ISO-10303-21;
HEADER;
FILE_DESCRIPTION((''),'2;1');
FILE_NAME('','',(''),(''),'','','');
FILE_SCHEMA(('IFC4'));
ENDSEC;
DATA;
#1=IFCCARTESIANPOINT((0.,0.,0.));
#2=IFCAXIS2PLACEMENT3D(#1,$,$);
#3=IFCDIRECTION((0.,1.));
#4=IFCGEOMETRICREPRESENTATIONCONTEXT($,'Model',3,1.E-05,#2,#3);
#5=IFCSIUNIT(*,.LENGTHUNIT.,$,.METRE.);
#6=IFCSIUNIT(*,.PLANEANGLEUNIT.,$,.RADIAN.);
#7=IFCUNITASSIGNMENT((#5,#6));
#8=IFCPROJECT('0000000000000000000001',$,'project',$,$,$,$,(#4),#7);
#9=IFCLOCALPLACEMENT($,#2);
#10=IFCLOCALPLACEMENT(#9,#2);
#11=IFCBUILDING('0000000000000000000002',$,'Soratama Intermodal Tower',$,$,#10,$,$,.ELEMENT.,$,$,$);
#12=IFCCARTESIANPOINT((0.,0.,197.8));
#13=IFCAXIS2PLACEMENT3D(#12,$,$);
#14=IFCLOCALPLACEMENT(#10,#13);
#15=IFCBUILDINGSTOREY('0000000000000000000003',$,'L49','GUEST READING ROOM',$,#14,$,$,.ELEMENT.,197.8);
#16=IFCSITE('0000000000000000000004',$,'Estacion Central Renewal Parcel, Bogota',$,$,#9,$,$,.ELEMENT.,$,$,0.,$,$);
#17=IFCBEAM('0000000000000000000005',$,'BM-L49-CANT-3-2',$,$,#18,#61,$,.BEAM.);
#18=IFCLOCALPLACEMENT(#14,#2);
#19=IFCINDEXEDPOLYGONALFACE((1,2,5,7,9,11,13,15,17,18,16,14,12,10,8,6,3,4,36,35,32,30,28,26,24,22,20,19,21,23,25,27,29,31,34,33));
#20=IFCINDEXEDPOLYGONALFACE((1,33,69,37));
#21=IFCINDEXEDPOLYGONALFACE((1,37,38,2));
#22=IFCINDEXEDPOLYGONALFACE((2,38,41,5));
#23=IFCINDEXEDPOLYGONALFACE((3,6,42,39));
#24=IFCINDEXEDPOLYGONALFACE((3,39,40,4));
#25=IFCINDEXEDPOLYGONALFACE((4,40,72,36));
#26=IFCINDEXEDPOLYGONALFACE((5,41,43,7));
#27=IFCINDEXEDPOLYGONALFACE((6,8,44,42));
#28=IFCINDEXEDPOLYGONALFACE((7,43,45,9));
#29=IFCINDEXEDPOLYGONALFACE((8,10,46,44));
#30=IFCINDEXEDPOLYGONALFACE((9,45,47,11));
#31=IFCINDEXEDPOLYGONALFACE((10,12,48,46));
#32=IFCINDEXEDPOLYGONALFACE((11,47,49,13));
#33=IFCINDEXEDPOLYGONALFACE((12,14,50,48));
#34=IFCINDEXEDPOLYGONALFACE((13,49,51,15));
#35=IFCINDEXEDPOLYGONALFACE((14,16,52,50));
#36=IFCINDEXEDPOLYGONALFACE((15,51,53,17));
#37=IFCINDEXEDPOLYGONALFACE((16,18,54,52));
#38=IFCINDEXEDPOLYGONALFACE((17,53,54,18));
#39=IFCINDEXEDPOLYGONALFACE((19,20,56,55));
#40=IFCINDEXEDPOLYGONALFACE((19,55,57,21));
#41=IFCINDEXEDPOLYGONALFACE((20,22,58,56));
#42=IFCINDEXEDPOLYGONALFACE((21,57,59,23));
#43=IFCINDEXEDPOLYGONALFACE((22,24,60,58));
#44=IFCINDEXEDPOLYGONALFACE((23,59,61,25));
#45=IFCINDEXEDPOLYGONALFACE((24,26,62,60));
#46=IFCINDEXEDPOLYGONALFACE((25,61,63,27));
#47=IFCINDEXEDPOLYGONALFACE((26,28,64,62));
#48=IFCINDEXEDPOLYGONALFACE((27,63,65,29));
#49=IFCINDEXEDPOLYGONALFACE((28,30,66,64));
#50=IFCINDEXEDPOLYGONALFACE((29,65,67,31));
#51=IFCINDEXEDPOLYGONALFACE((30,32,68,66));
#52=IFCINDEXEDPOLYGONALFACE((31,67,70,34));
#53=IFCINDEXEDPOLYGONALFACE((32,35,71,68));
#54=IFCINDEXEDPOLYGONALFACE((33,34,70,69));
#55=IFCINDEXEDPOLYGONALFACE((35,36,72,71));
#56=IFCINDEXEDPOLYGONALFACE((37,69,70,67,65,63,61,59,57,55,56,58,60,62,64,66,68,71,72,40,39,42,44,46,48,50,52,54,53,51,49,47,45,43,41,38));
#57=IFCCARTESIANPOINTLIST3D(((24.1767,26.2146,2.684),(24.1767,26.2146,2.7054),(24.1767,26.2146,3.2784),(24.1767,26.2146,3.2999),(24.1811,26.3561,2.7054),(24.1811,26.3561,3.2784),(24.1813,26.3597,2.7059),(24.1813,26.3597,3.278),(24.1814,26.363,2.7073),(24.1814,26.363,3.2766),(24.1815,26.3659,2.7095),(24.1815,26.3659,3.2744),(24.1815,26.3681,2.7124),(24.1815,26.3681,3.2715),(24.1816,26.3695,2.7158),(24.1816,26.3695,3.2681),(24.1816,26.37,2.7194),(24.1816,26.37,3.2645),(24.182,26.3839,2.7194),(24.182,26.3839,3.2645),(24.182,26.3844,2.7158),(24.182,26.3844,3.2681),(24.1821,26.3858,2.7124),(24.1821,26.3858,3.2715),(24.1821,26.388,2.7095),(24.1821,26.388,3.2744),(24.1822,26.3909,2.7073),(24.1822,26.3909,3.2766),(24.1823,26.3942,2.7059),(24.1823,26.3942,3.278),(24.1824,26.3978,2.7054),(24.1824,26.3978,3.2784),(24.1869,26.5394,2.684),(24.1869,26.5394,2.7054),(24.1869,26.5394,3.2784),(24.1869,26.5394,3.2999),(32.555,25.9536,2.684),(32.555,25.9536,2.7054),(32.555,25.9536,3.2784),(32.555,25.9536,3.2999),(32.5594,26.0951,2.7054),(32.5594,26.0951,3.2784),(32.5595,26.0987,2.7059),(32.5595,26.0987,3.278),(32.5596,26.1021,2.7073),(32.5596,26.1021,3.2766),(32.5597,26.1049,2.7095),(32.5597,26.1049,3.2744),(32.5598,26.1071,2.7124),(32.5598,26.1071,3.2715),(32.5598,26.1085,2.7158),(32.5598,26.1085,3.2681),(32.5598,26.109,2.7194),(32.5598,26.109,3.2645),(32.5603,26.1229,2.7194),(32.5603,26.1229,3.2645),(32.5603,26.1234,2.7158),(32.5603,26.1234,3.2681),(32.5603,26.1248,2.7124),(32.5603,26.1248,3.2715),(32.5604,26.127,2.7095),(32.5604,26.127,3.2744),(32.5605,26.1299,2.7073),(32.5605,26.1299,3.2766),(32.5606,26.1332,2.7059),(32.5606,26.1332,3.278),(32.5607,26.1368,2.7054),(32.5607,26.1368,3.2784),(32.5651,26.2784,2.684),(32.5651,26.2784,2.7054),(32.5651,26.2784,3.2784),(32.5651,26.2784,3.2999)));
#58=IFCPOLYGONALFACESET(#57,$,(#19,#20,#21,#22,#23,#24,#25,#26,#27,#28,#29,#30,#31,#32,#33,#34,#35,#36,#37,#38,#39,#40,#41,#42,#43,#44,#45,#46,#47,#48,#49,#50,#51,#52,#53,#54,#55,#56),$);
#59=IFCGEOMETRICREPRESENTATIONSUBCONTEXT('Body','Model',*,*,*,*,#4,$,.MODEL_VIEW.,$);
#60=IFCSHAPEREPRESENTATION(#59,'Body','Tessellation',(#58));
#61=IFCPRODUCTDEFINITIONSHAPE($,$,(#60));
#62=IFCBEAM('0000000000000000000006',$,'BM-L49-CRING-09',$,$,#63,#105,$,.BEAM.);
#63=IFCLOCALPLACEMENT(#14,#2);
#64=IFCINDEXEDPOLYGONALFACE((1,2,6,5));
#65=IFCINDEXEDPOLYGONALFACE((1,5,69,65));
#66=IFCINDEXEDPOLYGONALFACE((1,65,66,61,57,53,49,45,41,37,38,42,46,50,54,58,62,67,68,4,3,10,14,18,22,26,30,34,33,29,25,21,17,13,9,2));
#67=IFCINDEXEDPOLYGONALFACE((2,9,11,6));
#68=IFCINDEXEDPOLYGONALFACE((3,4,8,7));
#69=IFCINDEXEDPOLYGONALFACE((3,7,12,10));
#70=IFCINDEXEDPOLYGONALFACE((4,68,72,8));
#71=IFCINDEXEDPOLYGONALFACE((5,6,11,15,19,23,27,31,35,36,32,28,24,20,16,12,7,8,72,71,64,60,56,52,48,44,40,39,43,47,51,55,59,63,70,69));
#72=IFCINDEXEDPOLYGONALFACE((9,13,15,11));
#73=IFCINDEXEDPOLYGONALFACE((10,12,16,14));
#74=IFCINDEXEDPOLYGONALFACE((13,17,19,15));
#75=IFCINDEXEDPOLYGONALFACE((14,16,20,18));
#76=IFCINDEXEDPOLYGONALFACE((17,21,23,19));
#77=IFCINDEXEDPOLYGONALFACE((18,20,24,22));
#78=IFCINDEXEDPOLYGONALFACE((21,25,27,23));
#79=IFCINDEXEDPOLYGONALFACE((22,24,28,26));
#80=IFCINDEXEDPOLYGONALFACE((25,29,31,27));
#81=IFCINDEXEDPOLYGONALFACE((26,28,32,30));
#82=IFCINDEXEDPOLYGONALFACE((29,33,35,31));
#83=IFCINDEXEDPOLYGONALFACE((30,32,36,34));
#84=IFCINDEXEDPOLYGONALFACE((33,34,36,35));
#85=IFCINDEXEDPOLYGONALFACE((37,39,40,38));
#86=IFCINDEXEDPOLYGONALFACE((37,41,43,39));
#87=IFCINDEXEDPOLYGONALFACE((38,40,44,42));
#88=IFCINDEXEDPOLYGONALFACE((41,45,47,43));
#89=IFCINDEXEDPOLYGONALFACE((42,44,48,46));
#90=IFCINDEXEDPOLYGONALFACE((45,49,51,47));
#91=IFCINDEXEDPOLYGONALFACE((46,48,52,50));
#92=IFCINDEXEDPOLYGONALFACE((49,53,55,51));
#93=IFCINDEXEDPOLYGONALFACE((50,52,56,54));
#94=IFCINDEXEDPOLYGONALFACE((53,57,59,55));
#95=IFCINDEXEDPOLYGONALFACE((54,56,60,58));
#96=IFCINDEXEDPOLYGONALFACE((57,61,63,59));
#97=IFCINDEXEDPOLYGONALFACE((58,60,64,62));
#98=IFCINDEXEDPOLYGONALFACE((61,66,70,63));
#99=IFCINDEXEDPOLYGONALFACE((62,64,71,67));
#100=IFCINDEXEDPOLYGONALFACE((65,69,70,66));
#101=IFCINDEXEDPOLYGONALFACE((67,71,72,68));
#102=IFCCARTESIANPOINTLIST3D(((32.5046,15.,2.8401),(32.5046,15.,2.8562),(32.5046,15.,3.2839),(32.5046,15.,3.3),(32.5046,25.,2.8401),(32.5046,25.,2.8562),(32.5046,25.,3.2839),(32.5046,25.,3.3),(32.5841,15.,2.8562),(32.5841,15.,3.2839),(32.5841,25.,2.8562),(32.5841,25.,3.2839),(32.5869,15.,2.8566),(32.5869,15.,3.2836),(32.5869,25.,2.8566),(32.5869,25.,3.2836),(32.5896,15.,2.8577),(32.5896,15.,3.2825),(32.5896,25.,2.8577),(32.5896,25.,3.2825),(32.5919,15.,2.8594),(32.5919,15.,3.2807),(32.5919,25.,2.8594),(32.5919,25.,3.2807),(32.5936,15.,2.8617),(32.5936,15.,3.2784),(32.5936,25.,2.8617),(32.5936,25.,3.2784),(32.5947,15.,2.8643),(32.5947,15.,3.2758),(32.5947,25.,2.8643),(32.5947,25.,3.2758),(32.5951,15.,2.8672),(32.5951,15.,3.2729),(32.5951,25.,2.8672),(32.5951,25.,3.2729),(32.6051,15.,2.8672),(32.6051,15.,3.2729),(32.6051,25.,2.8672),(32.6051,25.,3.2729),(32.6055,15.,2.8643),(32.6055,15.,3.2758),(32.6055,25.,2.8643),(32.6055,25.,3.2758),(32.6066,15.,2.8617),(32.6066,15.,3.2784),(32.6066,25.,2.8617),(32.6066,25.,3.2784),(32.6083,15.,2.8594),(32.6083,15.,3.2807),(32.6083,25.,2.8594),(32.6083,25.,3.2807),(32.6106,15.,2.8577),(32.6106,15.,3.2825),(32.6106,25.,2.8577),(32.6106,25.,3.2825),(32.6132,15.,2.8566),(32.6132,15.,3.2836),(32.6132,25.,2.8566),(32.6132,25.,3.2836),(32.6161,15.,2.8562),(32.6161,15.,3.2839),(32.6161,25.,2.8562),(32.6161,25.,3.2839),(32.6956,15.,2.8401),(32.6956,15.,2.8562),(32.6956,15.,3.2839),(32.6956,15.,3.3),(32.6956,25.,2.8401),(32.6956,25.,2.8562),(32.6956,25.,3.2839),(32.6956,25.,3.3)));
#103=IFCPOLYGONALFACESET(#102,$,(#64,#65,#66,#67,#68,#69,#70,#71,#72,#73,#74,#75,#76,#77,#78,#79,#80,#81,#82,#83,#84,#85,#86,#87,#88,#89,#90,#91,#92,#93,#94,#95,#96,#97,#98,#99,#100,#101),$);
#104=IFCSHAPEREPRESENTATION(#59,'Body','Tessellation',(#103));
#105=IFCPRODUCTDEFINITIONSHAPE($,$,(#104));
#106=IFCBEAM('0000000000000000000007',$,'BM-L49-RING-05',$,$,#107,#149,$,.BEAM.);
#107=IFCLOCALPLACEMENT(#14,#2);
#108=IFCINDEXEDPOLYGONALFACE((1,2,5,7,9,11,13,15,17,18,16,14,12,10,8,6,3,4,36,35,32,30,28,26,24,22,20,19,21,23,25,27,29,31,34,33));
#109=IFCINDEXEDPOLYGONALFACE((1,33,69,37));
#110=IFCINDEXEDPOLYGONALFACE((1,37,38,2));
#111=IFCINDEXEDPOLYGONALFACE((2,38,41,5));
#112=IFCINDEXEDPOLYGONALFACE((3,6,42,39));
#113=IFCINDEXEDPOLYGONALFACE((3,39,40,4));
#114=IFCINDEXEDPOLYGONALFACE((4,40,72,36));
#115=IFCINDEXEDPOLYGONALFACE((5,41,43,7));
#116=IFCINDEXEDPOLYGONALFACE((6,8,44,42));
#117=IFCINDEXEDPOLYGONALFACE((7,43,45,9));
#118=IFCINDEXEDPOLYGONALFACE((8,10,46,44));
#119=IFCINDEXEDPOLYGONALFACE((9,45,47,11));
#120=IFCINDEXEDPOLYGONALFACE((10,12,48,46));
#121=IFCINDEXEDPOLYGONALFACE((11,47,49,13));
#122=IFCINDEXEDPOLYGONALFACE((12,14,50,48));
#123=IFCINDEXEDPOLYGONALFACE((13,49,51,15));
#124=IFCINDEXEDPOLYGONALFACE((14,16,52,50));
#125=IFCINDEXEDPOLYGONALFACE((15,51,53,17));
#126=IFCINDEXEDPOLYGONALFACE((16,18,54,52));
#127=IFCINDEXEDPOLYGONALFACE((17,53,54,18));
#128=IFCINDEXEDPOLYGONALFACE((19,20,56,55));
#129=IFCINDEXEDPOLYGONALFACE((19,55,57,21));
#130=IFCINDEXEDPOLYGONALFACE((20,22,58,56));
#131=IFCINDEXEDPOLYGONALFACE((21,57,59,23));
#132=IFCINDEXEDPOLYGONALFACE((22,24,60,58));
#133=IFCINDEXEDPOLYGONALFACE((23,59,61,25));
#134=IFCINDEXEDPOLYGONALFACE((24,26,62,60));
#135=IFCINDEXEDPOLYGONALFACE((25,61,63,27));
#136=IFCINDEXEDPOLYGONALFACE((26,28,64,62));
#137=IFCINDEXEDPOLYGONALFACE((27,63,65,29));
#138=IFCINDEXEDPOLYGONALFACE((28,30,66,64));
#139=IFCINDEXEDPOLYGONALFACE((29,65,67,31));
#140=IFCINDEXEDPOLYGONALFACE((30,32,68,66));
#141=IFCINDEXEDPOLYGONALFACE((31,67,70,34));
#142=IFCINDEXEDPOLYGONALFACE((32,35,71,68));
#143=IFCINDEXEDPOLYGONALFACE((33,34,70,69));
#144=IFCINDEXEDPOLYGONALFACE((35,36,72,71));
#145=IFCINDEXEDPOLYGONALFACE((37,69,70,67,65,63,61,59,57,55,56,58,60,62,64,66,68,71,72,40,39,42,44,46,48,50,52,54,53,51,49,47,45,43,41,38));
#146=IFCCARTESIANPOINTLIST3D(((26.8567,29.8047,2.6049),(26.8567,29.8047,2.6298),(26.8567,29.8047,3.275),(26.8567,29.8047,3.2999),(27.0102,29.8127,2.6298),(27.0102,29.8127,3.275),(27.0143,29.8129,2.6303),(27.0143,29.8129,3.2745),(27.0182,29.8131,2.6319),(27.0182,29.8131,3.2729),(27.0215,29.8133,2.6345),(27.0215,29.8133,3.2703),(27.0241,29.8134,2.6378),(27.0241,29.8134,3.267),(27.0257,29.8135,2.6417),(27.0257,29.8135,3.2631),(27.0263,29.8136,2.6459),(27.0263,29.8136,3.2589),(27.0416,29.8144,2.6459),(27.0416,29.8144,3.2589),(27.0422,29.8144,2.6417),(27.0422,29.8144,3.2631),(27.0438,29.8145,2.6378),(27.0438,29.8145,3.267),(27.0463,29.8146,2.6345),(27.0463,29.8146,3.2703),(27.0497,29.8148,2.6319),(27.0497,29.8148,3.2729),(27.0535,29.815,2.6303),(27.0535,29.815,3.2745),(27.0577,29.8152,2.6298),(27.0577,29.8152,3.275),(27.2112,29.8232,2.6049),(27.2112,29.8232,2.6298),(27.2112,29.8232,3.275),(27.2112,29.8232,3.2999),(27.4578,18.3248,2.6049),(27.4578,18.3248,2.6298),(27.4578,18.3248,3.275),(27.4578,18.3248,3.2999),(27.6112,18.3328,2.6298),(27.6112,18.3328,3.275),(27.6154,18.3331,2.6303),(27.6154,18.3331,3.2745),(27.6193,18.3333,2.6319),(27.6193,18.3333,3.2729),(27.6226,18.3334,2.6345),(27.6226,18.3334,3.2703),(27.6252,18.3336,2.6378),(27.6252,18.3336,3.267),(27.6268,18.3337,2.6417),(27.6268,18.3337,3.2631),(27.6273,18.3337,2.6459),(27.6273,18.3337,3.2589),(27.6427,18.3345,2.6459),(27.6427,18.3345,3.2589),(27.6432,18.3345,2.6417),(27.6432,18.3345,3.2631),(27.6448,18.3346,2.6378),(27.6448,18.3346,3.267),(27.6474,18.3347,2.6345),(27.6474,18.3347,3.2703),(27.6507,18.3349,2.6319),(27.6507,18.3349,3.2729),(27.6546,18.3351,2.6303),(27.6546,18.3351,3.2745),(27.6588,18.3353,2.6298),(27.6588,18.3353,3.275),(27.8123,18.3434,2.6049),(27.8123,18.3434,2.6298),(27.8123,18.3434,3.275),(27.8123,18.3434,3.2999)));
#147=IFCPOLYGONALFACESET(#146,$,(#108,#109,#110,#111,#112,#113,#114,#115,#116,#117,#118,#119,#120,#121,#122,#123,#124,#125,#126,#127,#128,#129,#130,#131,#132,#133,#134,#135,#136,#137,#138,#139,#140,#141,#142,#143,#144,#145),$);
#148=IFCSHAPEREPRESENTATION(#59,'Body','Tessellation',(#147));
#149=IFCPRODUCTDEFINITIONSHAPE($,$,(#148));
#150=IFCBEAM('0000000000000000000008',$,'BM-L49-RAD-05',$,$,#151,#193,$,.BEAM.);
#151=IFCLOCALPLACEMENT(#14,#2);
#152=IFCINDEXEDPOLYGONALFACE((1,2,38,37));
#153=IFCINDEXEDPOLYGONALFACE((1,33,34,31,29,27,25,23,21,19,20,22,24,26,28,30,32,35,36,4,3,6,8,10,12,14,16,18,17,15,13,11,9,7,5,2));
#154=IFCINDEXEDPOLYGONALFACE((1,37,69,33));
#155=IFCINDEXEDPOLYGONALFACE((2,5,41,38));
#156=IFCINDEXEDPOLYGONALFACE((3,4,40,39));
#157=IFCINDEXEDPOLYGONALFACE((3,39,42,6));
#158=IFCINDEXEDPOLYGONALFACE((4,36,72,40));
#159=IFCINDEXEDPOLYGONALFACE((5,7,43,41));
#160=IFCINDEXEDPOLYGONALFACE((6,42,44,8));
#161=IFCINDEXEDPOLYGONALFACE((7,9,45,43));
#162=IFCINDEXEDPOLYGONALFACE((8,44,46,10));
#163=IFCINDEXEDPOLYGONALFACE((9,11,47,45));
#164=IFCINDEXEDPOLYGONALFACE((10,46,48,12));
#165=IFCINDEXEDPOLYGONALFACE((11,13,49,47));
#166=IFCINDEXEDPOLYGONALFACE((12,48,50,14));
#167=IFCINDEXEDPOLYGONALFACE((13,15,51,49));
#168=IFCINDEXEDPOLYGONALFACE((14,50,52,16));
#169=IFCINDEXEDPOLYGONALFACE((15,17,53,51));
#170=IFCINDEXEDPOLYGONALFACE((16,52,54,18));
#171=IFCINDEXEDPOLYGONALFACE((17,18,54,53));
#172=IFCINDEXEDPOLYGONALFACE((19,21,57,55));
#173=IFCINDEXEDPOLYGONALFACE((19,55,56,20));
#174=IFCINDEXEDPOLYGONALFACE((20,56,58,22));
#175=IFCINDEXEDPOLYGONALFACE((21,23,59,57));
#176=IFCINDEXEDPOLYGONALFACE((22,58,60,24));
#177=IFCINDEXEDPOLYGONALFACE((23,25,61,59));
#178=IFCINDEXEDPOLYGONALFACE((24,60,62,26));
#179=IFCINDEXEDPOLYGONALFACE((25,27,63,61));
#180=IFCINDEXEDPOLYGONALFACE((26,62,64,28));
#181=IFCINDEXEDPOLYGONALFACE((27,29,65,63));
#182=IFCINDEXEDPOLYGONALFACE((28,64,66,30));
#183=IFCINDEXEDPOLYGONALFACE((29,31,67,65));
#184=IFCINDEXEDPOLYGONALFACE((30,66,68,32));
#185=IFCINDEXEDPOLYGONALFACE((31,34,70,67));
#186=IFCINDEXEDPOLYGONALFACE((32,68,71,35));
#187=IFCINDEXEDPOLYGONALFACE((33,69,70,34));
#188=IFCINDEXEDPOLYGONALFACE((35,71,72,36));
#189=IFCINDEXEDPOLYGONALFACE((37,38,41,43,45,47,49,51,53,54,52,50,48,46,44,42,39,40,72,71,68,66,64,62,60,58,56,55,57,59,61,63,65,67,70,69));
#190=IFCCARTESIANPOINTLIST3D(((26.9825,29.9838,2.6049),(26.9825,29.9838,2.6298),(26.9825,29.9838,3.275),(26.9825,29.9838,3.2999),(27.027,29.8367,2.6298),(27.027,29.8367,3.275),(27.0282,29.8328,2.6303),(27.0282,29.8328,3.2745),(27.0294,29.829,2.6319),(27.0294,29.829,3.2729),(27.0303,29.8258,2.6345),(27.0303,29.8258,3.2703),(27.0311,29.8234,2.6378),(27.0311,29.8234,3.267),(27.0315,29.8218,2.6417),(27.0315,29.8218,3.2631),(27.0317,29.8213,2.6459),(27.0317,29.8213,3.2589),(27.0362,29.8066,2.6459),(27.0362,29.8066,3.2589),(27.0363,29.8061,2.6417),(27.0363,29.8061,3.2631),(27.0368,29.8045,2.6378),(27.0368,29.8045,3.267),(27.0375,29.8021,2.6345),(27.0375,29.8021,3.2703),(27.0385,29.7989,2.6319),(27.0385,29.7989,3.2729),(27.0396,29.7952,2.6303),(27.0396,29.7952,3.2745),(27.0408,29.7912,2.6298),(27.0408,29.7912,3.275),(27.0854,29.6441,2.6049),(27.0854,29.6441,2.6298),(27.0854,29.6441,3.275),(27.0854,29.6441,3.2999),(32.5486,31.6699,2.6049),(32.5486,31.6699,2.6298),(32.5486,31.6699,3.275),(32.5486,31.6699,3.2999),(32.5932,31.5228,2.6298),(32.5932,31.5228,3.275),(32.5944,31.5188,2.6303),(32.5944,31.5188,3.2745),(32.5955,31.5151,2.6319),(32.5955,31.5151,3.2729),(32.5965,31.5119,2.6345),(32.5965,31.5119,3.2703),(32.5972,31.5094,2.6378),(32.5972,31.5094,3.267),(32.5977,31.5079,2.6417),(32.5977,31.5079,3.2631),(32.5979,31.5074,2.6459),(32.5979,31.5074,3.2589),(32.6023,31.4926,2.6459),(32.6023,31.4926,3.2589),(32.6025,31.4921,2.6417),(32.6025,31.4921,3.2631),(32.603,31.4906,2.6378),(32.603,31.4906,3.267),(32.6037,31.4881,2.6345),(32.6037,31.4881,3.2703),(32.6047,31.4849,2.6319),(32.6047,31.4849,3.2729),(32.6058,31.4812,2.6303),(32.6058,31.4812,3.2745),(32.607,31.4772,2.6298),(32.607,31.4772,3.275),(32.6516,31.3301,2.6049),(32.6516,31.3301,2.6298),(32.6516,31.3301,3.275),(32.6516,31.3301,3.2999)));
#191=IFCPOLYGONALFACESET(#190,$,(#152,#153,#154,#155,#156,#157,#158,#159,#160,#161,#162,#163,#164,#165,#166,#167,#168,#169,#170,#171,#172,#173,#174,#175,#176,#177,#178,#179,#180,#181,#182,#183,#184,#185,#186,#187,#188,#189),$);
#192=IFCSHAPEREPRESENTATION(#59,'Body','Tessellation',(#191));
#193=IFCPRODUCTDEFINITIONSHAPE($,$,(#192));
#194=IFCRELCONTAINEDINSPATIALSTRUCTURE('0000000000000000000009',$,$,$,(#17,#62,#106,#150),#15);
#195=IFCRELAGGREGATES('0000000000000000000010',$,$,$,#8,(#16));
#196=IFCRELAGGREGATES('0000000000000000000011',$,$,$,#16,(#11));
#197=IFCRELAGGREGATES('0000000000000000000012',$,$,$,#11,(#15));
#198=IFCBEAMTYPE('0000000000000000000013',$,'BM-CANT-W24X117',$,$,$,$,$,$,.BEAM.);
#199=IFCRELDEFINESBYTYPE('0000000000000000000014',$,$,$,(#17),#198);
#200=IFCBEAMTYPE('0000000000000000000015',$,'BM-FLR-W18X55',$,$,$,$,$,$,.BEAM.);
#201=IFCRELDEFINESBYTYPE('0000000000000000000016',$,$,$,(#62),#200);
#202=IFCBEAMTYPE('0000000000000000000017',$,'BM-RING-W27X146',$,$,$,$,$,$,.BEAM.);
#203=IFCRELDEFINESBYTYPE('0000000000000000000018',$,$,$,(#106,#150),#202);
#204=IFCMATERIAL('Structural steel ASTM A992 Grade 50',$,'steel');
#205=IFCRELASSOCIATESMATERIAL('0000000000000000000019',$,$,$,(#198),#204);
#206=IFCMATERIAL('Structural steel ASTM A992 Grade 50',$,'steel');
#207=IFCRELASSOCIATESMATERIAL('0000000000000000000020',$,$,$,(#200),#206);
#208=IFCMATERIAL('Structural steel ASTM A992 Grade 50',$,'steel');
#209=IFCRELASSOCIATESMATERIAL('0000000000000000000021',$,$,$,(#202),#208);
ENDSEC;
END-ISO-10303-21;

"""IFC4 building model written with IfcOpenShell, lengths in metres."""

from ifc_helpers import new_model, si_unit, direction, frame, origin, origin_2d, place, context, subcontext, project, spatial, i_section, extrude, material, material_profile, profile_set, type_object, element, save


model = new_model("IFC4")

# Units and contexts
model_context = context("Model", 3, precision=1e-05, world=origin(), true_north=direction((0.0, 1.0)))
body_context = subcontext(model_context, "Body", "Model", "MODEL_VIEW")
ifc_project = project(units=[si_unit("LENGTHUNIT", "METRE"), si_unit("PLANEANGLEUNIT", "RADIAN")], contexts=[model_context])

# Site, building, storey
site_placement = place(None, origin())
site = spatial("IfcSite", under=ifc_project, at=site_placement, Name="Estacion Central Renewal Parcel, Bogota", CompositionType="ELEMENT", RefElevation=0.0)
building_placement = place(site_placement, origin())
building = spatial("IfcBuilding", under=site, at=building_placement, Name="Soratama Intermodal Tower", CompositionType="ELEMENT")
storey_placement = place(building_placement, frame((0.0, 0.0, 197.8)))
storey = spatial("IfcBuildingStorey", under=building, at=storey_placement, Name="L49", Description="GUEST READING ROOM", CompositionType="ELEMENT", Elevation=197.8)

# Beams
ifc_material_1 = material(Name="Structural steel ASTM A992 Grade 50", Category="steel")
ifc_material_profile_1 = material_profile(ifc_material_1, i_section(OverallWidth=0.325, OverallDepth=0.616, WebThickness=0.0139, FlangeThickness=0.0215, FilletRadius=0.0139, at=origin_2d()), Name="W24X117")
ifc_profile_set_1 = profile_set([ifc_material_profile_1], Name="Structural steel ASTM A992 Grade 50")
beam_type_1 = type_object("IfcBeamType", Name="BM-CANT-W24X117", PredefinedType="BEAM", material=ifc_profile_set_1)
beam_1_placement = place(storey_placement, frame((32.5601, 26.116, 2.9919), z_axis=(-0.999515, 0.031136, 0.0), x_axis=(-0.031136, -0.999515, 0.0)))
element("IfcBeam", 1, at=beam_1_placement, inside=storey, type_object=beam_type_1, Name="BM-L49-CANT-3-2", PredefinedType="BEAM", context=body_context, shape_type="SweptSolid", body=[
    extrude(i_section(OverallWidth=0.325, OverallDepth=0.616, WebThickness=0.0139, FlangeThickness=0.0215, FilletRadius=0.0139, at=origin_2d()), origin(), (0.0, 0.0, 1.0), 8.3823),
])
ifc_material_2 = material(Name="Structural steel ASTM A992 Grade 50", Category="steel")
ifc_material_profile_2 = material_profile(ifc_material_2, i_section(OverallWidth=0.1909, OverallDepth=0.46, WebThickness=0.01, FlangeThickness=0.0161, FilletRadius=0.011, at=origin_2d()), Name="W18X55")
ifc_profile_set_2 = profile_set([ifc_material_profile_2], Name="Structural steel ASTM A992 Grade 50")
beam_type_2 = type_object("IfcBeamType", Name="BM-FLR-W18X55", PredefinedType="BEAM", material=ifc_profile_set_2)
beam_2_placement = place(storey_placement, frame((32.6001, 25.0, 3.0701), z_axis=(0.0, -1.0, 0.0), x_axis=(1.0, 0.0, 0.0)))
element("IfcBeam", 2, at=beam_2_placement, inside=storey, type_object=beam_type_2, Name="BM-L49-CRING-09", PredefinedType="BEAM", context=body_context, shape_type="SweptSolid", body=[
    extrude(i_section(OverallWidth=0.1909, OverallDepth=0.46, WebThickness=0.01, FlangeThickness=0.0161, FilletRadius=0.011, at=origin_2d()), origin(), (0.0, 0.0, 1.0), 10.0),
])
ifc_material_3 = material(Name="Structural steel ASTM A992 Grade 50", Category="steel")
ifc_material_profile_3 = material_profile(ifc_material_3, i_section(OverallWidth=0.355, OverallDepth=0.6951, WebThickness=0.0154, FlangeThickness=0.0249, FilletRadius=0.0161, at=origin_2d()), Name="W27X146")
ifc_profile_set_3 = profile_set([ifc_material_profile_3], Name="Structural steel ASTM A992 Grade 50")
beam_type_3 = type_object("IfcBeamType", Name="BM-RING-W27X146", PredefinedType="BEAM", material=ifc_profile_set_3)
beam_3_placement = place(storey_placement, frame((27.0339, 29.814, 2.9524), z_axis=(0.052287, -0.998632, 0.0), x_axis=(0.998632, 0.052287, 0.0)))
element("IfcBeam", 3, at=beam_3_placement, inside=storey, type_object=beam_type_3, Name="BM-L49-RING-05", PredefinedType="BEAM", context=body_context, shape_type="SweptSolid", body=[
    extrude(i_section(OverallWidth=0.355, OverallDepth=0.6951, WebThickness=0.0154, FlangeThickness=0.0249, FilletRadius=0.0161, at=origin_2d()), origin(), (0.0, 0.0, 1.0), 11.4956),
])
beam_4_placement = place(storey_placement, frame((32.6001, 31.5, 2.9524), z_axis=(-0.957057, -0.2899, 0.0), x_axis=(0.2899, -0.957057, 0.0)))
element("IfcBeam", 4, at=beam_4_placement, inside=storey, type_object=beam_type_3, Name="BM-L49-RAD-05", PredefinedType="BEAM", context=body_context, shape_type="SweptSolid", body=[
    extrude(i_section(OverallWidth=0.355, OverallDepth=0.6951, WebThickness=0.0154, FlangeThickness=0.0249, FilletRadius=0.0161, at=origin_2d()), origin(), (0.0, 0.0, 1.0), 5.8159),
])

save(model, "model.ifc")
